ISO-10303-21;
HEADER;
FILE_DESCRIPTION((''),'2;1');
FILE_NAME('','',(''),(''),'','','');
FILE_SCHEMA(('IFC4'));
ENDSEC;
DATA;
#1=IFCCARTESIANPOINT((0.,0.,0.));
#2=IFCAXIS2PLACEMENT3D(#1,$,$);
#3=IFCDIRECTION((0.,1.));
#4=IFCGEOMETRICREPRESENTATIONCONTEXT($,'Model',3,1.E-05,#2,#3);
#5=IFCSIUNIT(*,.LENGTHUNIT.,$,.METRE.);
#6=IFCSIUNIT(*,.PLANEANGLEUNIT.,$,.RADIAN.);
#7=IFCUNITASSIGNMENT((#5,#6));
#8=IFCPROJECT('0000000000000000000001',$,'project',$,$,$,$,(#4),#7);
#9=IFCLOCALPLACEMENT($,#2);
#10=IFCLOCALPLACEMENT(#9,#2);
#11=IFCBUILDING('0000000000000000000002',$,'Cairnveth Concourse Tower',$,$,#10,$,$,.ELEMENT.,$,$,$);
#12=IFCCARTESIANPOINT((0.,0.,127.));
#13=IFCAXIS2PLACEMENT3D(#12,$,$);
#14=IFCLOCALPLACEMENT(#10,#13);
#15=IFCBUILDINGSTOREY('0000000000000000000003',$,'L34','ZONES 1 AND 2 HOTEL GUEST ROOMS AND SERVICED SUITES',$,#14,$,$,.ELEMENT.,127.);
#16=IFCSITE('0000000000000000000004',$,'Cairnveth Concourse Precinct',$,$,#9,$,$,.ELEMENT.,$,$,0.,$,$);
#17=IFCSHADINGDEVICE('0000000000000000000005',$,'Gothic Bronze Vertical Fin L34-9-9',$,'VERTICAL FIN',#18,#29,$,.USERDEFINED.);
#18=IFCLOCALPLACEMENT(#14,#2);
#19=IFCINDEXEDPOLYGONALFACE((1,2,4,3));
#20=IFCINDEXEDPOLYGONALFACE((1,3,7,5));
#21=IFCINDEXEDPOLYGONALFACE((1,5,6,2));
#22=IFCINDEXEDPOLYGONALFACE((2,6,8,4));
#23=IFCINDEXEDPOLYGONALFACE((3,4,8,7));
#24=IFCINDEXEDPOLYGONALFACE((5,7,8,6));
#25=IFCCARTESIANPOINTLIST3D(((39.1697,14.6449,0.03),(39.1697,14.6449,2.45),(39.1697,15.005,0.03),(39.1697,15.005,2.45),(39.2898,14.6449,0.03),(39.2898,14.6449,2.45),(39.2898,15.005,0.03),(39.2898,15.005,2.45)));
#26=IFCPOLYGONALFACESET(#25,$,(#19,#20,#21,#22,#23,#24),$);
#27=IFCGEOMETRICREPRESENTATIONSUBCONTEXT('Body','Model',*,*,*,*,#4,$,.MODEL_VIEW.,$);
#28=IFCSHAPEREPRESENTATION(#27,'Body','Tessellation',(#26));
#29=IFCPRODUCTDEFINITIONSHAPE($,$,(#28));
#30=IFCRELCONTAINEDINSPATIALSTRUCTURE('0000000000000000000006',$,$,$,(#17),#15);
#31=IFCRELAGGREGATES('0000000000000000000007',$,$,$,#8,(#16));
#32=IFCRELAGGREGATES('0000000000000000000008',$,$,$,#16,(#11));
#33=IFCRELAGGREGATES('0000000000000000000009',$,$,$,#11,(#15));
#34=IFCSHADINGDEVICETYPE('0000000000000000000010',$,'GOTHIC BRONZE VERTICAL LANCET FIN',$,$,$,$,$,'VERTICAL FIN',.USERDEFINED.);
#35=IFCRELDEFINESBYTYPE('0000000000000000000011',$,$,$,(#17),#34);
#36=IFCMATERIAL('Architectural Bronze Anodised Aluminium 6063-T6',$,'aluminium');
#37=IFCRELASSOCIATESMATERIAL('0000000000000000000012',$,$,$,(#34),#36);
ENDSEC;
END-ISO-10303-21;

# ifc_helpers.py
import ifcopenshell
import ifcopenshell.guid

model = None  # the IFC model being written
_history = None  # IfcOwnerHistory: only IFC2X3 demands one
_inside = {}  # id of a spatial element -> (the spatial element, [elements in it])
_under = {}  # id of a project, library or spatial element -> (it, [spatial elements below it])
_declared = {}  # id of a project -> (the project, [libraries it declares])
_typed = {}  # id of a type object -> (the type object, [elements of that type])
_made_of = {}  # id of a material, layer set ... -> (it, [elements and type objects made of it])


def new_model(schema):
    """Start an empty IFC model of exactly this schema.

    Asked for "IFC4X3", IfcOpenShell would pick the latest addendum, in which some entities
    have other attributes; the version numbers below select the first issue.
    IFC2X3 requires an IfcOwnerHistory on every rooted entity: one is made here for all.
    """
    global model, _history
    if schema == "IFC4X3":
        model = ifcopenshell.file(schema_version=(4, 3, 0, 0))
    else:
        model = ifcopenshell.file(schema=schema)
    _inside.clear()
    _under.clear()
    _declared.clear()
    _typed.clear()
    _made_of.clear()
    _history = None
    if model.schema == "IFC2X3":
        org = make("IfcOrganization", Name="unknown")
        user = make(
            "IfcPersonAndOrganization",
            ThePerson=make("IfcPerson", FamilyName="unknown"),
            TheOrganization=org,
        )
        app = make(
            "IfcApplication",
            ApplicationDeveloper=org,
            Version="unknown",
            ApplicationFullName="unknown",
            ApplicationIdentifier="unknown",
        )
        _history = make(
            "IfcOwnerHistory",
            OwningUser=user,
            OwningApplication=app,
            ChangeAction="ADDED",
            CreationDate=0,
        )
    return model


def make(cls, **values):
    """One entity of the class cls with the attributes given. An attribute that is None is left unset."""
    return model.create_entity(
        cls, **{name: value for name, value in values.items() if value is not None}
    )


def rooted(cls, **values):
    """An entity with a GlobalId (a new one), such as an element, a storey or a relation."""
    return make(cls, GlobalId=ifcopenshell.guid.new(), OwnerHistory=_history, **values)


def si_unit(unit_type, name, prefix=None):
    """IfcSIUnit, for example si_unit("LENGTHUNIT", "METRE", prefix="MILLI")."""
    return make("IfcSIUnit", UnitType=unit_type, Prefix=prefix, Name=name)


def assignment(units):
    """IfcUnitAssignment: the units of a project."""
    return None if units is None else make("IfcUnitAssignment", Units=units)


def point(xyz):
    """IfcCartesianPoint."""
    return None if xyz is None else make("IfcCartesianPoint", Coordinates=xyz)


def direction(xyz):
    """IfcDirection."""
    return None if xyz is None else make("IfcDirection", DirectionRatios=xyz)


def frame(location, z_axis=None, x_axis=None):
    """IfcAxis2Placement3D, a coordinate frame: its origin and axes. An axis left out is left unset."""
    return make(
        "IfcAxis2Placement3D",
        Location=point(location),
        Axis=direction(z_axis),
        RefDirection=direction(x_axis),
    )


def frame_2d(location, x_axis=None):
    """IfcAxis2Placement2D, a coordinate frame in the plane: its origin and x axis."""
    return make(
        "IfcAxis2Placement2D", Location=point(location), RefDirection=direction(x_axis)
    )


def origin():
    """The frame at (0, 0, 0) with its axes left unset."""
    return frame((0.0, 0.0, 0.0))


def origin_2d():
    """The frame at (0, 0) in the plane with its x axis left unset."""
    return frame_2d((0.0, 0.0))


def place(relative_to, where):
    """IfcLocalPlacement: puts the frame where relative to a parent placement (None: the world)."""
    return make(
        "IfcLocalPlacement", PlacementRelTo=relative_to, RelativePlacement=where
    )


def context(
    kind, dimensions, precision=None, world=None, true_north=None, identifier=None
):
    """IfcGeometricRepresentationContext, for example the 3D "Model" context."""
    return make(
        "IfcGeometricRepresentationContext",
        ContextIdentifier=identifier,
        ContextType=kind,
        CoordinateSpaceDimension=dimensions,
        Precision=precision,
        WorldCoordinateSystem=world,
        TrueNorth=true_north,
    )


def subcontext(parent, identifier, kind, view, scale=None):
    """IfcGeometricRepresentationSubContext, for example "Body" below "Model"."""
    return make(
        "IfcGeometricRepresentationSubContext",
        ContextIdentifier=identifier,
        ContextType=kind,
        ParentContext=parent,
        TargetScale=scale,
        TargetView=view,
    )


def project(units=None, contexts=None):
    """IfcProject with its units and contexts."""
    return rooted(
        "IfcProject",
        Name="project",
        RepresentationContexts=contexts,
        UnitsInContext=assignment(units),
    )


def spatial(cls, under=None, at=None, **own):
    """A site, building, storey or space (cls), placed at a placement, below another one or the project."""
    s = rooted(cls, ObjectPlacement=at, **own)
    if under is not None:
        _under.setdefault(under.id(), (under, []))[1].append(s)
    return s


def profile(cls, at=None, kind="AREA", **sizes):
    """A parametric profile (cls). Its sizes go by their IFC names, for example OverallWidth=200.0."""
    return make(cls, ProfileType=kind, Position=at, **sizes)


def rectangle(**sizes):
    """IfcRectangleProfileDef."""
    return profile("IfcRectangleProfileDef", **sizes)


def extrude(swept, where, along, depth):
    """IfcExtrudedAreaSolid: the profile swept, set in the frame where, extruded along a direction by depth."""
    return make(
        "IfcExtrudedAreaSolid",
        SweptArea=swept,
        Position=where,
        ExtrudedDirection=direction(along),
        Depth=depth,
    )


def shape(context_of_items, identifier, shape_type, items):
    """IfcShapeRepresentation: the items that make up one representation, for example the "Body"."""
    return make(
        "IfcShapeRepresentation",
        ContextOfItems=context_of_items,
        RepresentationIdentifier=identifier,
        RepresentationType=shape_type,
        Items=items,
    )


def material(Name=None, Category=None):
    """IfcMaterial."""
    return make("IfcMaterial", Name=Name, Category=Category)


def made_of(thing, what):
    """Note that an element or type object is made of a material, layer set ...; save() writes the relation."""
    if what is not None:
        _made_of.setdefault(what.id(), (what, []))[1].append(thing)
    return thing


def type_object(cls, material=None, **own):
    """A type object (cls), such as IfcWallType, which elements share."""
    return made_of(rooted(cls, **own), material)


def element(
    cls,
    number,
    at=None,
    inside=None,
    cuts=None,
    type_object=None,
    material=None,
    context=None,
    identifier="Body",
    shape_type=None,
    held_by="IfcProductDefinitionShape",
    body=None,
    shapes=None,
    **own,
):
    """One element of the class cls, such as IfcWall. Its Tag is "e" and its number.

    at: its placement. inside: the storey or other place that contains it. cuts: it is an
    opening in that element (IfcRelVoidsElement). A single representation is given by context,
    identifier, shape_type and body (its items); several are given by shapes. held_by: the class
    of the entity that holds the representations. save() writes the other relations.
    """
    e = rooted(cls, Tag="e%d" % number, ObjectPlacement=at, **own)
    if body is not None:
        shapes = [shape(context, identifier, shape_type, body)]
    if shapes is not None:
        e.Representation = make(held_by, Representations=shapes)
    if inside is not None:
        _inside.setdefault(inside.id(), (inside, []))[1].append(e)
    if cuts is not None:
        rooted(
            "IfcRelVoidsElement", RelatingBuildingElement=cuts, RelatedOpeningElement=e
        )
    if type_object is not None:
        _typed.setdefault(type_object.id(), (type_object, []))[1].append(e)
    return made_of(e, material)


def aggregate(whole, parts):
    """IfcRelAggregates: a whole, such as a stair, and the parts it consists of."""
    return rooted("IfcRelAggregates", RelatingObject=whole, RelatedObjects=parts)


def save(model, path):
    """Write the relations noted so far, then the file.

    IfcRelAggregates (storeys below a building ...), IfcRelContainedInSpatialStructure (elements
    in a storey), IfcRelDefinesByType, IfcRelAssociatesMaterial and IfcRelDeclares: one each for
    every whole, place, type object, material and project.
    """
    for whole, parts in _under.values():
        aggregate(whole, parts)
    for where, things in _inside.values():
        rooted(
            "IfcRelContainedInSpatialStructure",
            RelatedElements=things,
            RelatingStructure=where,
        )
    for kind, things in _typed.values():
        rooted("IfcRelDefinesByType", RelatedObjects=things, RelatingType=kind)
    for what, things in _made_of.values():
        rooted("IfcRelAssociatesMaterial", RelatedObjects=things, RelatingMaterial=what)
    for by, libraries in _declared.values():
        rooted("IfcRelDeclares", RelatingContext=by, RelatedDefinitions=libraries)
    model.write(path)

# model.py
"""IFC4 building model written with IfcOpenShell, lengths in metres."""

from ifc_helpers import new_model, si_unit, direction, frame, origin, origin_2d, place, context, subcontext, project, spatial, rectangle, extrude, material, type_object, element, save


model = new_model("IFC4")

# Units and contexts
model_context = context("Model", 3, precision=1e-05, world=origin(), true_north=direction((0.0, 1.0)))
body_context = subcontext(model_context, "Body", "Model", "MODEL_VIEW")
ifc_project = project(units=[si_unit("LENGTHUNIT", "METRE"), si_unit("PLANEANGLEUNIT", "RADIAN")], contexts=[model_context])

# Site, building, storey
site_placement = place(None, origin())
site = spatial("IfcSite", under=ifc_project, at=site_placement, Name="Cairnveth Concourse Precinct", CompositionType="ELEMENT", RefElevation=0.0)
building_placement = place(site_placement, origin())
building = spatial("IfcBuilding", under=site, at=building_placement, Name="Cairnveth Concourse Tower", CompositionType="ELEMENT")
storey_placement = place(building_placement, frame((0.0, 0.0, 127.0)))
storey = spatial("IfcBuildingStorey", under=building, at=storey_placement, Name="L34", Description="ZONES 1 AND 2 HOTEL GUEST ROOMS AND SERVICED SUITES", CompositionType="ELEMENT", Elevation=127.0)

# Shading device
ifc_material_1 = material(Name="Architectural Bronze Anodised Aluminium 6063-T6", Category="aluminium")
shading_device_type = type_object("IfcShadingDeviceType", Name="GOTHIC BRONZE VERTICAL LANCET FIN", ElementType="VERTICAL FIN", PredefinedType="USERDEFINED", material=ifc_material_1)
for number, where, z_axis, x_axis, name in (
    (1, (39.2297, 14.825, 0.03), (0.0, 0.0, 1.0), (1.0, 0.0, 0.0), "Gothic Bronze Vertical Fin L34-9-9"),
):
    element("IfcShadingDevice", number, at=place(storey_placement, frame(where, z_axis=z_axis, x_axis=x_axis)), inside=storey, type_object=shading_device_type, Name=name, ObjectType="VERTICAL FIN", PredefinedType="USERDEFINED", context=body_context, shape_type="SweptSolid", body=[
        extrude(rectangle(XDim=0.1201, YDim=0.3601, at=origin_2d()), origin(), (0.0, 0.0, 1.0), 2.4199),
    ])

save(model, "model.ifc")
